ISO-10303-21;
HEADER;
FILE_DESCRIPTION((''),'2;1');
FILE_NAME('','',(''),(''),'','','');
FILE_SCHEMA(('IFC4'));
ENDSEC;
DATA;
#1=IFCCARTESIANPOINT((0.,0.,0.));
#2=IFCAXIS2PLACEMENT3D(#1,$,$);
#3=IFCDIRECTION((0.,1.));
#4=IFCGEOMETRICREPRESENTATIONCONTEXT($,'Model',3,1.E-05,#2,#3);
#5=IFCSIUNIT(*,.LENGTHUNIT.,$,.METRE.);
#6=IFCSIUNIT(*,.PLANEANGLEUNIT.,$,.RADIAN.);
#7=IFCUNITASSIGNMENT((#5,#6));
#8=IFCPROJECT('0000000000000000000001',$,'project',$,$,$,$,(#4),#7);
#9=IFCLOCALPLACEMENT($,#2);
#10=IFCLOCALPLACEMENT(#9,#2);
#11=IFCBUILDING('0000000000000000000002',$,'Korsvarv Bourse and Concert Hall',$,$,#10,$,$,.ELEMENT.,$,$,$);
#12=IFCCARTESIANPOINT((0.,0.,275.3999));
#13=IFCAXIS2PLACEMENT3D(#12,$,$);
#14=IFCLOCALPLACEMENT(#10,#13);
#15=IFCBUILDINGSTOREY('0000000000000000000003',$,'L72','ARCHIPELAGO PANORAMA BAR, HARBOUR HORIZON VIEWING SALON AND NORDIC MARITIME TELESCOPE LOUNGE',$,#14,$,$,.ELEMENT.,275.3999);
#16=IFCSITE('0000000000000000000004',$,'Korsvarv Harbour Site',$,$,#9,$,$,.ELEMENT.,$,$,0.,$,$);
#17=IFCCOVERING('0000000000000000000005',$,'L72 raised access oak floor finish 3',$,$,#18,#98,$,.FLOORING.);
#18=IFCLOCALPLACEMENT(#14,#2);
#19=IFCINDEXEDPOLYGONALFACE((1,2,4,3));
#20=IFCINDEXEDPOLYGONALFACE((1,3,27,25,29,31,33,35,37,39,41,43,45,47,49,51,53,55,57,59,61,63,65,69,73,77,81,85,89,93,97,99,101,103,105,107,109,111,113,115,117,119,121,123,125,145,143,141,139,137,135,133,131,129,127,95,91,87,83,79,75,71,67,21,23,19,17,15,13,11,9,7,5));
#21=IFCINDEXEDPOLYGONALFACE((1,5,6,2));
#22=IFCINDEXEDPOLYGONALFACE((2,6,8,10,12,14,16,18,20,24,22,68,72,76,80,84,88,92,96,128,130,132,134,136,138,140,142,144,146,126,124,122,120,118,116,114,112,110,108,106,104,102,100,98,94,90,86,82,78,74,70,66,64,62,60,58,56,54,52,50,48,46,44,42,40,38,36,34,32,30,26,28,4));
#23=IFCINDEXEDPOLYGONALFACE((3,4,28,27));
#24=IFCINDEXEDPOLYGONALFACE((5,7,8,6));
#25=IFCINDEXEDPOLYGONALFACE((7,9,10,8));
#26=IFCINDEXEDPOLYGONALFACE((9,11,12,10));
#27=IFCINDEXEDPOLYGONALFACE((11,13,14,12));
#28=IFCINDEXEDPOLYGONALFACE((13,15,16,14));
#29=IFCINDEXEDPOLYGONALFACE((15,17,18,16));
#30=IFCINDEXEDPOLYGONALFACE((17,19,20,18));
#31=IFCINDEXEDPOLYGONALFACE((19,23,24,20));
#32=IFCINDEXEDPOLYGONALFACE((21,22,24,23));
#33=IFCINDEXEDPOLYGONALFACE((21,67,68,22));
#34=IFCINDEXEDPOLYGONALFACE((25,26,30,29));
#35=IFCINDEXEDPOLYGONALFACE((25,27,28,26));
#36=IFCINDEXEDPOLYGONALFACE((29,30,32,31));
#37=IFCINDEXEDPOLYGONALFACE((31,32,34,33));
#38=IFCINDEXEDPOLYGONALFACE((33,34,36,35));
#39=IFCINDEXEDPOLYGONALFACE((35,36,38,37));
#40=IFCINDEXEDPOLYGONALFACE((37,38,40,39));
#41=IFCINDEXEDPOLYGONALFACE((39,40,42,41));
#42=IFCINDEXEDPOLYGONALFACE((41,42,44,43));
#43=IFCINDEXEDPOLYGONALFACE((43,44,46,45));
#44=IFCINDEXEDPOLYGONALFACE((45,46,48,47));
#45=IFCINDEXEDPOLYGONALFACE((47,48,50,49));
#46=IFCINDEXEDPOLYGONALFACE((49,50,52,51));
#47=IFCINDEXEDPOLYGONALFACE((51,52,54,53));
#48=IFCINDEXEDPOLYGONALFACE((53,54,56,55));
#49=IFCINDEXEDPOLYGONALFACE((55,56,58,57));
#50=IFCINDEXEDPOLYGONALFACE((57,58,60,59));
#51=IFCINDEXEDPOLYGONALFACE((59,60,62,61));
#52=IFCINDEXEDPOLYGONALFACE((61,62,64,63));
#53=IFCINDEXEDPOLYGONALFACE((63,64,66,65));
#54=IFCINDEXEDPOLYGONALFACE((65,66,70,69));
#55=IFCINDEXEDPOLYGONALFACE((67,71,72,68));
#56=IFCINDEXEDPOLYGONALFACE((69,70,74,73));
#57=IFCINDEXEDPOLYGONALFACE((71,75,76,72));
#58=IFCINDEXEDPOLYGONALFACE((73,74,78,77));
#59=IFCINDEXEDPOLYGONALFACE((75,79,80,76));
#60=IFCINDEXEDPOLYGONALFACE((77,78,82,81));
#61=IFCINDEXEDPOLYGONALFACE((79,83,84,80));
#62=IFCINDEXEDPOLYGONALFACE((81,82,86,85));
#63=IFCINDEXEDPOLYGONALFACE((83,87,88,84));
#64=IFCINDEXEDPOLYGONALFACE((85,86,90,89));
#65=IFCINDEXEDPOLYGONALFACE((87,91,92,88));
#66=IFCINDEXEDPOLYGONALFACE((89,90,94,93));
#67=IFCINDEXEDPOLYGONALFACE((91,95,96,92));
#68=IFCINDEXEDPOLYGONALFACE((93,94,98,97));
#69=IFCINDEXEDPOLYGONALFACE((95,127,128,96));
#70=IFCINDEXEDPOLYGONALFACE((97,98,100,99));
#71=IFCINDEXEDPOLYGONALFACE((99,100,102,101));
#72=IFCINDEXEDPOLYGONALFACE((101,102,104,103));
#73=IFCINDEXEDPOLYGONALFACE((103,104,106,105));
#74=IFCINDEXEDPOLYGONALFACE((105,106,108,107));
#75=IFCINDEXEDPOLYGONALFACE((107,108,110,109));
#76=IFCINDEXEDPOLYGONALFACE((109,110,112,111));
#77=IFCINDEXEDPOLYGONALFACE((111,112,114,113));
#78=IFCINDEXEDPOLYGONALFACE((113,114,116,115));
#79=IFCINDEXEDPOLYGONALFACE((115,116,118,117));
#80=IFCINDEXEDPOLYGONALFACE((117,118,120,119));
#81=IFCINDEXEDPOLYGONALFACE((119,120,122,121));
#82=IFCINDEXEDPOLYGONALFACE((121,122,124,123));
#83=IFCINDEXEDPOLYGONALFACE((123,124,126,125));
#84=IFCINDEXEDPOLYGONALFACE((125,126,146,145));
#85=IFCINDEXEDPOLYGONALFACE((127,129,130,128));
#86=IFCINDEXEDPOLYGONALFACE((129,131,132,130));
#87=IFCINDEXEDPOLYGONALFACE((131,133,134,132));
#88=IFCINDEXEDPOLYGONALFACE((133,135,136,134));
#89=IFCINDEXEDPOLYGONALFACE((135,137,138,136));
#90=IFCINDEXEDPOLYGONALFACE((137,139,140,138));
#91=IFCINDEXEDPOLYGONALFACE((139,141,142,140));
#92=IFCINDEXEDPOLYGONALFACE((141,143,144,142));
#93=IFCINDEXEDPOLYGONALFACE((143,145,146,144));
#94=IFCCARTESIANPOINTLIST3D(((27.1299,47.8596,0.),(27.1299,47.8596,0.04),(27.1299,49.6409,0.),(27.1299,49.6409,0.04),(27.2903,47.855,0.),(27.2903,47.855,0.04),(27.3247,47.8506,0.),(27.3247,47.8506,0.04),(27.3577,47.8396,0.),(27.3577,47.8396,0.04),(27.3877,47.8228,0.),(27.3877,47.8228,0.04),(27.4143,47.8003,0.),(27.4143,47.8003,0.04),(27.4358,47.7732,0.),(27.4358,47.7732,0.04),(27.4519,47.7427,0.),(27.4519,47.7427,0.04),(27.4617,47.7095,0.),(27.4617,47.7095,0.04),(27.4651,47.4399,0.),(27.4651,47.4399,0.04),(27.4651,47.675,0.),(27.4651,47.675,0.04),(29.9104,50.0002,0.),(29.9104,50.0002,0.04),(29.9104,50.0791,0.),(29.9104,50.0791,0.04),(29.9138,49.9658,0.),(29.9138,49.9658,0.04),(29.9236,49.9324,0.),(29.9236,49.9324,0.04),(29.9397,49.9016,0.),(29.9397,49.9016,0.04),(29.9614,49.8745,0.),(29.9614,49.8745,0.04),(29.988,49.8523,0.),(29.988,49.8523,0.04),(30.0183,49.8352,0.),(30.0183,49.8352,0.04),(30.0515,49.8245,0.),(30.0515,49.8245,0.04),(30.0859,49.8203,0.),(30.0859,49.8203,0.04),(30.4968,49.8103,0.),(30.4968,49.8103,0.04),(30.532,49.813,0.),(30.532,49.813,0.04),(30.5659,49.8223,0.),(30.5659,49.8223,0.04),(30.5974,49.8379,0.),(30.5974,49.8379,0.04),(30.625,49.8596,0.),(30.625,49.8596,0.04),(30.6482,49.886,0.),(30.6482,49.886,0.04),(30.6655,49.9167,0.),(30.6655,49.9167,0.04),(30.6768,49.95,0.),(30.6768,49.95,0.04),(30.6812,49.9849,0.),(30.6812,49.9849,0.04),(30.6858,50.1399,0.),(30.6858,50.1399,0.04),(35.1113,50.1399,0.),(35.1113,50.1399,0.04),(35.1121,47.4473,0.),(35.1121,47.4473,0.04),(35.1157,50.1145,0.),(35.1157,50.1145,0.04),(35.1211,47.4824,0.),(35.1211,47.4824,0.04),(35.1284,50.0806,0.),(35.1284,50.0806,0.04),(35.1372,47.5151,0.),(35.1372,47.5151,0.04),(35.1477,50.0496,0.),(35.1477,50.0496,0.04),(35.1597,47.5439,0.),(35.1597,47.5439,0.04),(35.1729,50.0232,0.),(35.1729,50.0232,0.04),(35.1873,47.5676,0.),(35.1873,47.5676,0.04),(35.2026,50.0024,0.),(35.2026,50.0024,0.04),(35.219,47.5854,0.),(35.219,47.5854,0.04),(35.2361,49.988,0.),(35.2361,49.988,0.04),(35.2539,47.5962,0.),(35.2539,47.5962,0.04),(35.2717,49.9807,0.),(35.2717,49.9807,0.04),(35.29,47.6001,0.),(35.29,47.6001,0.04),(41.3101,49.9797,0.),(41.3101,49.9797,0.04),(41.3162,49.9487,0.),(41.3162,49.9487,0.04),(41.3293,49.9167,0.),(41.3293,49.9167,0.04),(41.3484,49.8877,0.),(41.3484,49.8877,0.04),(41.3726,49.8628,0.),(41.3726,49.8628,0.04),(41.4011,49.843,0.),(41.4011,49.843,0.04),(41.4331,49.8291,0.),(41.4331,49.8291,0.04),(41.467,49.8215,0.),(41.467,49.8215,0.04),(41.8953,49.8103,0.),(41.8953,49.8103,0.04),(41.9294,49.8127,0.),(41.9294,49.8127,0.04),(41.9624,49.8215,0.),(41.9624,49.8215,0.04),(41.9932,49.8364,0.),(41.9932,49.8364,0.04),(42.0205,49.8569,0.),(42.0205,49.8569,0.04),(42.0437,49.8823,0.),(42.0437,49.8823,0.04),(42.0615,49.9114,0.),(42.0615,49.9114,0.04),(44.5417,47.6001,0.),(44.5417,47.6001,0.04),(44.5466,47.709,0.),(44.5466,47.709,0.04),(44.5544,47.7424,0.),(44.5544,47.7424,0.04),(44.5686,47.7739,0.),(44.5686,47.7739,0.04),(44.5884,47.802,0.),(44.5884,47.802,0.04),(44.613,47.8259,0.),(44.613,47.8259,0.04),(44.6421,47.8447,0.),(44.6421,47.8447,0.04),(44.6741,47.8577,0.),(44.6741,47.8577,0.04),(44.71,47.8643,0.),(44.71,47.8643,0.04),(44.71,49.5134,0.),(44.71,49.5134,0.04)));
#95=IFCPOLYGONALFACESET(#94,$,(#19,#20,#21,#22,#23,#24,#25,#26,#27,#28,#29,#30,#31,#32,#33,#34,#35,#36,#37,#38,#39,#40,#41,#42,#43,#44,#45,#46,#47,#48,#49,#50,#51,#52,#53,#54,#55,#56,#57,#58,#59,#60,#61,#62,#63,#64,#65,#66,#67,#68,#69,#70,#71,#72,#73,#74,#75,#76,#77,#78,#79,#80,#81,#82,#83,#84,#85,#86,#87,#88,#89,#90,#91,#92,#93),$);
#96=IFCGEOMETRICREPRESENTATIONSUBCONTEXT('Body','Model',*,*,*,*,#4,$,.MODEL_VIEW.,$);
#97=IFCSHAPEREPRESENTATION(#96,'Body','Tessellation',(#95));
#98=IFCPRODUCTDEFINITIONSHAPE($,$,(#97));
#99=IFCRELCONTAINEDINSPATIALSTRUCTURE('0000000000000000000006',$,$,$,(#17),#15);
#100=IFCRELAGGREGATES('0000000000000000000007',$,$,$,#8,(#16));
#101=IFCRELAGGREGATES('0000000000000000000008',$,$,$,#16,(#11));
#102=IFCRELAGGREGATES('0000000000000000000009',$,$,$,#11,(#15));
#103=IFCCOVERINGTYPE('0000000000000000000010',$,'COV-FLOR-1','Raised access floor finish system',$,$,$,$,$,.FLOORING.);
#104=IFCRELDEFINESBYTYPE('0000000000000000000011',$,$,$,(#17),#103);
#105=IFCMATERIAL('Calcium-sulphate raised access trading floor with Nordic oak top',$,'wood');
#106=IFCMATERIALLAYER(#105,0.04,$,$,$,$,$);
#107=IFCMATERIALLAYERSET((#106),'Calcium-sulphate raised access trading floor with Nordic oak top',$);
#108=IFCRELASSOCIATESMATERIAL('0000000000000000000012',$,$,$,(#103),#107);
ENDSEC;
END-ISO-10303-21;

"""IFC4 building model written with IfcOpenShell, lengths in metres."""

from ifc_helpers import new_model, si_unit, direction, frame, origin, place, context, subcontext, project, spatial, polyline, outline, extrude, material, layer, layer_set, type_object, element, save


model = new_model("IFC4")

# Units and contexts
model_context = context("Model", 3, precision=1e-05, world=origin(), true_north=direction((0.0, 1.0)))
body_context = subcontext(model_context, "Body", "Model", "MODEL_VIEW")
ifc_project = project(units=[si_unit("LENGTHUNIT", "METRE"), si_unit("PLANEANGLEUNIT", "RADIAN")], contexts=[model_context])

# Site, building, storey
site_placement = place(None, origin())
site = spatial("IfcSite", under=ifc_project, at=site_placement, Name="Korsvarv Harbour Site", CompositionType="ELEMENT", RefElevation=0.0)
building_placement = place(site_placement, origin())
building = spatial("IfcBuilding", under=site, at=building_placement, Name="Korsvarv Bourse and Concert Hall", CompositionType="ELEMENT")
storey_placement = place(building_placement, frame((0.0, 0.0, 275.3999)))
storey = spatial("IfcBuildingStorey", under=building, at=storey_placement, Name="L72", Description="ARCHIPELAGO PANORAMA BAR, HARBOUR HORIZON VIEWING SALON AND NORDIC MARITIME TELESCOPE LOUNGE", CompositionType="ELEMENT", Elevation=275.3999)

# Covering
ifc_material_1 = material(Name="Calcium-sulphate raised access trading floor with Nordic oak top", Category="wood")
ifc_layer_1 = layer(ifc_material_1, 0.04)
ifc_layer_set_1 = layer_set([ifc_layer_1], Name="Calcium-sulphate raised access trading floor with Nordic oak top")
covering_type_1 = type_object("IfcCoveringType", Name="COV-FLOR-1", Description="Raised access floor finish system", PredefinedType="FLOORING", material=ifc_layer_set_1)
covering_1_placement = place(storey_placement, origin())
element("IfcCovering", 1, at=covering_1_placement, inside=storey, type_object=covering_type_1, Name="L72 raised access oak floor finish 3", PredefinedType="FLOORING", context=body_context, shape_type="SweptSolid", body=[
    extrude(outline(polyline([(29.9104, 50.0791), (29.9104, 50.0002), (29.9138, 49.9658), (29.9236, 49.9324), (29.9397, 49.9016), (29.9614, 49.8745), (29.988, 49.8523), (30.0183, 49.8352), (30.0515, 49.8245), (30.0859, 49.8203), (30.4968, 49.8103), (30.532, 49.813), (30.5659, 49.8223), (30.5974, 49.8379), (30.625, 49.8596), (30.6482, 49.886), (30.6655, 49.9167), (30.6768, 49.95), (30.6812, 49.9849), (30.6858, 50.1399), (35.1113, 50.1399), (35.1157, 50.1145), (35.1284, 50.0806), (35.1477, 50.0496), (35.1729, 50.0232), (35.2026, 50.0024), (35.2361, 49.988), (35.2717, 49.9807), (41.3101, 49.9797), (41.3162, 49.9487), (41.3293, 49.9167), (41.3484, 49.8877), (41.3726, 49.8628), (41.4011, 49.843), (41.4331, 49.8291), (41.467, 49.8215), (41.8953, 49.8103), (41.9294, 49.8127), (41.9624, 49.8215), (41.9932, 49.8364), (42.0205, 49.8569), (42.0437, 49.8823), (42.0615, 49.9114), (44.71, 49.5134), (44.71, 47.8643), (44.6741, 47.8577), (44.6421, 47.8447), (44.613, 47.8259), (44.5884, 47.802), (44.5686, 47.7739), (44.5544, 47.7424), (44.5466, 47.709), (44.5417, 47.6001), (35.29, 47.6001), (35.2539, 47.5962), (35.219, 47.5854), (35.1873, 47.5676), (35.1597, 47.5439), (35.1372, 47.5151), (35.1211, 47.4824), (35.1121, 47.4473), (27.4651, 47.4399), (27.4651, 47.675), (27.4617, 47.7095), (27.4519, 47.7427), (27.4358, 47.7732), (27.4143, 47.8003), (27.3877, 47.8228), (27.3577, 47.8396), (27.3247, 47.8506), (27.2903, 47.855), (27.1299, 47.8596), (27.1299, 49.6409), (29.9104, 50.0791)])), origin(), (0.0, 0.0, 1.0), 0.04),
])

save(model, "model.ifc")
